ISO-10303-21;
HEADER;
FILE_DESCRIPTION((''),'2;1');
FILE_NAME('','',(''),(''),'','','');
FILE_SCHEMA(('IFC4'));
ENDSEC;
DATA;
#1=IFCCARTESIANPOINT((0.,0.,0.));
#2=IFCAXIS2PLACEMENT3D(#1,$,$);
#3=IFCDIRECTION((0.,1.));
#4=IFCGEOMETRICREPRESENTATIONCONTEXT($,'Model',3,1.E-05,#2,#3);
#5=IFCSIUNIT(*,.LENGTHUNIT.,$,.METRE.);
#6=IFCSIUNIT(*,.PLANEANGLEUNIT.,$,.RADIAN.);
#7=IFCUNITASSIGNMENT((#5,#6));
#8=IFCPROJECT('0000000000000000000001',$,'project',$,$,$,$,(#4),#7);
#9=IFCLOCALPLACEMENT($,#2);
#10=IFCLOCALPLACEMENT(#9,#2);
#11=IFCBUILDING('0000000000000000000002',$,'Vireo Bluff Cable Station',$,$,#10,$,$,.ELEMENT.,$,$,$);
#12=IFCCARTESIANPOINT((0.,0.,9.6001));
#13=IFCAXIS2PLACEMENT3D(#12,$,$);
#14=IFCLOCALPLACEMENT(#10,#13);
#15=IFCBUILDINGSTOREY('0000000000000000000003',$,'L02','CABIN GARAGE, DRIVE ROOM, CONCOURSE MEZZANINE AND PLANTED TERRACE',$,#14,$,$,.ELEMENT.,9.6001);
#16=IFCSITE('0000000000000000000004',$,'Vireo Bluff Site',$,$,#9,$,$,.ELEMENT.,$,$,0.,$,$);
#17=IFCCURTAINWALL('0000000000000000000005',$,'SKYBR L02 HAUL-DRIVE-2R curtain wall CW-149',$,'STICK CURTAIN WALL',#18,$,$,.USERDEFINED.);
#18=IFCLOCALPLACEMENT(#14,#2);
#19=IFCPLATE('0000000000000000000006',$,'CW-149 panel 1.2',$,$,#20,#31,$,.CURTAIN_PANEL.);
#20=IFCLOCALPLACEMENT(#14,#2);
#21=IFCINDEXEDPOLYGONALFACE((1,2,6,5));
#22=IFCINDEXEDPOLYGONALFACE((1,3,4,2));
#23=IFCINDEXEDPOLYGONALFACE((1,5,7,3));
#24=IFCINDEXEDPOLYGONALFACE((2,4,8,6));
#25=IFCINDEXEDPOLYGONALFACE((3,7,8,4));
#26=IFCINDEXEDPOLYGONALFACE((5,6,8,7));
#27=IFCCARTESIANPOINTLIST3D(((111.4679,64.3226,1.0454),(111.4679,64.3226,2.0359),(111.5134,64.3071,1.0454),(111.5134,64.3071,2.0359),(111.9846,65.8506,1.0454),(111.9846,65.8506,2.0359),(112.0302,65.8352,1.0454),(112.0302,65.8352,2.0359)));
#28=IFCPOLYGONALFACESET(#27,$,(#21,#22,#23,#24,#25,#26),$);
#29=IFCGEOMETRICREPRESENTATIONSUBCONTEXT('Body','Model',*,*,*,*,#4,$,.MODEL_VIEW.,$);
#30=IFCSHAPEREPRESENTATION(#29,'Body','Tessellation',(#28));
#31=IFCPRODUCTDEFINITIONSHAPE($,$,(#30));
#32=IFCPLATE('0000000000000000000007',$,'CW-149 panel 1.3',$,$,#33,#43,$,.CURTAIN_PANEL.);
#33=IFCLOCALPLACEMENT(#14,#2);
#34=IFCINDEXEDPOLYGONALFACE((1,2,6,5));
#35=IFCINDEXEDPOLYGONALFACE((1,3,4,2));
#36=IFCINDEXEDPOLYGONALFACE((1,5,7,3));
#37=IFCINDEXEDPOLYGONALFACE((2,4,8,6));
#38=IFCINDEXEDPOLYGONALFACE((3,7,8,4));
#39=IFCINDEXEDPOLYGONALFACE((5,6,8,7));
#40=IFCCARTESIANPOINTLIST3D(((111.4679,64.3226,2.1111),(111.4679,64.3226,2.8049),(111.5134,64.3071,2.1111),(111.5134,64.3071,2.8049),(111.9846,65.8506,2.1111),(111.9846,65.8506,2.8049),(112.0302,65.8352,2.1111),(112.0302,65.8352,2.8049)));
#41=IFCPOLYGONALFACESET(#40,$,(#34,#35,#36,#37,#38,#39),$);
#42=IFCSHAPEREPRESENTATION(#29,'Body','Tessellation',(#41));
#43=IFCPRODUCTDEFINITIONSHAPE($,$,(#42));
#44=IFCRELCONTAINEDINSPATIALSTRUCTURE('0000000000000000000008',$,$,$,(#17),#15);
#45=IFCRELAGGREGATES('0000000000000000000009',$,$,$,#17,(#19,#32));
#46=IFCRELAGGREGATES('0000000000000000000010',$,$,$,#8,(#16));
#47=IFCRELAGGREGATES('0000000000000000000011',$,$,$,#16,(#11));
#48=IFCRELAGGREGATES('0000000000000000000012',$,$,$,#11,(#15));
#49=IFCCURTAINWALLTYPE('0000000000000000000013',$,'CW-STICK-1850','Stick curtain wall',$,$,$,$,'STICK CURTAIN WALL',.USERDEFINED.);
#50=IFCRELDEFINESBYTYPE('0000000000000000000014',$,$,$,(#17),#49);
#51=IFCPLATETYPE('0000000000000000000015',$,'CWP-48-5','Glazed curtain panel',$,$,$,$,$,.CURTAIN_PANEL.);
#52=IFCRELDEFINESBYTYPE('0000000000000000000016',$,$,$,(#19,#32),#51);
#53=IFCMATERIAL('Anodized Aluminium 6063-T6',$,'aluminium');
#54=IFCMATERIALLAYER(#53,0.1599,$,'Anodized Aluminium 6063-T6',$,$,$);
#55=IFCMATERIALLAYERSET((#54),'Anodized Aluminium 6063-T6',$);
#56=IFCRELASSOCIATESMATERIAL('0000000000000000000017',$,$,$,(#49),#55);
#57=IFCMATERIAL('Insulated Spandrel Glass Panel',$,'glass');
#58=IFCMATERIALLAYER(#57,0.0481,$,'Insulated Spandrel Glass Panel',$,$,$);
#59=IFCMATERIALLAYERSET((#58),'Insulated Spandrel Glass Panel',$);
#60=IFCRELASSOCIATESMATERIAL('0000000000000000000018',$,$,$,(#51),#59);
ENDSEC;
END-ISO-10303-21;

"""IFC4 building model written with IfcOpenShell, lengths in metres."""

from ifc_helpers import new_model, si_unit, direction, frame, origin, origin_2d, place, context, subcontext, project, spatial, rectangle, extrude, material, layer, layer_set, type_object, element, aggregate, save


model = new_model("IFC4")

# Units and contexts
model_context = context("Model", 3, precision=1e-05, world=origin(), true_north=direction((0.0, 1.0)))
body_context = subcontext(model_context, "Body", "Model", "MODEL_VIEW")
ifc_project = project(units=[si_unit("LENGTHUNIT", "METRE"), si_unit("PLANEANGLEUNIT", "RADIAN")], contexts=[model_context])

# Site, building, storey
site_placement = place(None, origin())
site = spatial("IfcSite", under=ifc_project, at=site_placement, Name="Vireo Bluff Site", CompositionType="ELEMENT", RefElevation=0.0)
building_placement = place(site_placement, origin())
building = spatial("IfcBuilding", under=site, at=building_placement, Name="Vireo Bluff Cable Station", CompositionType="ELEMENT")
storey_placement = place(building_placement, frame((0.0, 0.0, 9.6001)))
storey = spatial("IfcBuildingStorey", under=building, at=storey_placement, Name="L02", Description="CABIN GARAGE, DRIVE ROOM, CONCOURSE MEZZANINE AND PLANTED TERRACE", CompositionType="ELEMENT", Elevation=9.6001)

# Shared definitions
ifc_material_1 = material(Name="Anodized Aluminium 6063-T6", Category="aluminium")

# Curtain wall
ifc_layer_1 = layer(ifc_material_1, 0.1599, Name="Anodized Aluminium 6063-T6")
ifc_layer_set_1 = layer_set([ifc_layer_1], Name="Anodized Aluminium 6063-T6")
curtain_wall_type_1 = type_object("IfcCurtainWallType", Name="CW-STICK-1850", Description="Stick curtain wall", ElementType="STICK CURTAIN WALL", PredefinedType="USERDEFINED", material=ifc_layer_set_1)
curtain_wall_1_placement = place(storey_placement, origin())
curtain_wall_1 = element("IfcCurtainWall", 1, at=curtain_wall_1_placement, inside=storey, type_object=curtain_wall_type_1, Name="SKYBR L02 HAUL-DRIVE-2R curtain wall CW-149", ObjectType="STICK CURTAIN WALL", PredefinedType="USERDEFINED")

# Plates
ifc_material_2 = material(Name="Insulated Spandrel Glass Panel", Category="glass")
ifc_layer_2 = layer(ifc_material_2, 0.0481, Name="Insulated Spandrel Glass Panel")
ifc_layer_set_2 = layer_set([ifc_layer_2], Name="Insulated Spandrel Glass Panel")
plate_type_1 = type_object("IfcPlateType", Name="CWP-48-5", Description="Glazed curtain panel", PredefinedType="CURTAIN_PANEL", material=ifc_layer_set_2)
plate_1_placement = place(storey_placement, frame((111.749, 65.0789, 1.0454), z_axis=(0.0, 0.0, 1.0), x_axis=(0.320362, 0.947295, 0.0)))
plate_1 = element("IfcPlate", 2, at=plate_1_placement, type_object=plate_type_1, Name="CW-149 panel 1.2", PredefinedType="CURTAIN_PANEL", context=body_context, shape_type="SweptSolid", body=[
    extrude(rectangle(XDim=1.613, YDim=0.0481, at=origin_2d()), origin(), (0.0, 0.0, 1.0), 0.9905),
])
plate_2_placement = place(storey_placement, frame((111.749, 65.0789, 2.1111), z_axis=(0.0, 0.0, 1.0), x_axis=(0.320362, 0.947295, 0.0)))
plate_2 = element("IfcPlate", 3, at=plate_2_placement, type_object=plate_type_1, Name="CW-149 panel 1.3", PredefinedType="CURTAIN_PANEL", context=body_context, shape_type="SweptSolid", body=[
    extrude(rectangle(XDim=1.613, YDim=0.0481, at=origin_2d()), origin(), (0.0, 0.0, 1.0), 0.6938),
])
aggregate(curtain_wall_1, [plate_1, plate_2])

save(model, "model.ifc")
